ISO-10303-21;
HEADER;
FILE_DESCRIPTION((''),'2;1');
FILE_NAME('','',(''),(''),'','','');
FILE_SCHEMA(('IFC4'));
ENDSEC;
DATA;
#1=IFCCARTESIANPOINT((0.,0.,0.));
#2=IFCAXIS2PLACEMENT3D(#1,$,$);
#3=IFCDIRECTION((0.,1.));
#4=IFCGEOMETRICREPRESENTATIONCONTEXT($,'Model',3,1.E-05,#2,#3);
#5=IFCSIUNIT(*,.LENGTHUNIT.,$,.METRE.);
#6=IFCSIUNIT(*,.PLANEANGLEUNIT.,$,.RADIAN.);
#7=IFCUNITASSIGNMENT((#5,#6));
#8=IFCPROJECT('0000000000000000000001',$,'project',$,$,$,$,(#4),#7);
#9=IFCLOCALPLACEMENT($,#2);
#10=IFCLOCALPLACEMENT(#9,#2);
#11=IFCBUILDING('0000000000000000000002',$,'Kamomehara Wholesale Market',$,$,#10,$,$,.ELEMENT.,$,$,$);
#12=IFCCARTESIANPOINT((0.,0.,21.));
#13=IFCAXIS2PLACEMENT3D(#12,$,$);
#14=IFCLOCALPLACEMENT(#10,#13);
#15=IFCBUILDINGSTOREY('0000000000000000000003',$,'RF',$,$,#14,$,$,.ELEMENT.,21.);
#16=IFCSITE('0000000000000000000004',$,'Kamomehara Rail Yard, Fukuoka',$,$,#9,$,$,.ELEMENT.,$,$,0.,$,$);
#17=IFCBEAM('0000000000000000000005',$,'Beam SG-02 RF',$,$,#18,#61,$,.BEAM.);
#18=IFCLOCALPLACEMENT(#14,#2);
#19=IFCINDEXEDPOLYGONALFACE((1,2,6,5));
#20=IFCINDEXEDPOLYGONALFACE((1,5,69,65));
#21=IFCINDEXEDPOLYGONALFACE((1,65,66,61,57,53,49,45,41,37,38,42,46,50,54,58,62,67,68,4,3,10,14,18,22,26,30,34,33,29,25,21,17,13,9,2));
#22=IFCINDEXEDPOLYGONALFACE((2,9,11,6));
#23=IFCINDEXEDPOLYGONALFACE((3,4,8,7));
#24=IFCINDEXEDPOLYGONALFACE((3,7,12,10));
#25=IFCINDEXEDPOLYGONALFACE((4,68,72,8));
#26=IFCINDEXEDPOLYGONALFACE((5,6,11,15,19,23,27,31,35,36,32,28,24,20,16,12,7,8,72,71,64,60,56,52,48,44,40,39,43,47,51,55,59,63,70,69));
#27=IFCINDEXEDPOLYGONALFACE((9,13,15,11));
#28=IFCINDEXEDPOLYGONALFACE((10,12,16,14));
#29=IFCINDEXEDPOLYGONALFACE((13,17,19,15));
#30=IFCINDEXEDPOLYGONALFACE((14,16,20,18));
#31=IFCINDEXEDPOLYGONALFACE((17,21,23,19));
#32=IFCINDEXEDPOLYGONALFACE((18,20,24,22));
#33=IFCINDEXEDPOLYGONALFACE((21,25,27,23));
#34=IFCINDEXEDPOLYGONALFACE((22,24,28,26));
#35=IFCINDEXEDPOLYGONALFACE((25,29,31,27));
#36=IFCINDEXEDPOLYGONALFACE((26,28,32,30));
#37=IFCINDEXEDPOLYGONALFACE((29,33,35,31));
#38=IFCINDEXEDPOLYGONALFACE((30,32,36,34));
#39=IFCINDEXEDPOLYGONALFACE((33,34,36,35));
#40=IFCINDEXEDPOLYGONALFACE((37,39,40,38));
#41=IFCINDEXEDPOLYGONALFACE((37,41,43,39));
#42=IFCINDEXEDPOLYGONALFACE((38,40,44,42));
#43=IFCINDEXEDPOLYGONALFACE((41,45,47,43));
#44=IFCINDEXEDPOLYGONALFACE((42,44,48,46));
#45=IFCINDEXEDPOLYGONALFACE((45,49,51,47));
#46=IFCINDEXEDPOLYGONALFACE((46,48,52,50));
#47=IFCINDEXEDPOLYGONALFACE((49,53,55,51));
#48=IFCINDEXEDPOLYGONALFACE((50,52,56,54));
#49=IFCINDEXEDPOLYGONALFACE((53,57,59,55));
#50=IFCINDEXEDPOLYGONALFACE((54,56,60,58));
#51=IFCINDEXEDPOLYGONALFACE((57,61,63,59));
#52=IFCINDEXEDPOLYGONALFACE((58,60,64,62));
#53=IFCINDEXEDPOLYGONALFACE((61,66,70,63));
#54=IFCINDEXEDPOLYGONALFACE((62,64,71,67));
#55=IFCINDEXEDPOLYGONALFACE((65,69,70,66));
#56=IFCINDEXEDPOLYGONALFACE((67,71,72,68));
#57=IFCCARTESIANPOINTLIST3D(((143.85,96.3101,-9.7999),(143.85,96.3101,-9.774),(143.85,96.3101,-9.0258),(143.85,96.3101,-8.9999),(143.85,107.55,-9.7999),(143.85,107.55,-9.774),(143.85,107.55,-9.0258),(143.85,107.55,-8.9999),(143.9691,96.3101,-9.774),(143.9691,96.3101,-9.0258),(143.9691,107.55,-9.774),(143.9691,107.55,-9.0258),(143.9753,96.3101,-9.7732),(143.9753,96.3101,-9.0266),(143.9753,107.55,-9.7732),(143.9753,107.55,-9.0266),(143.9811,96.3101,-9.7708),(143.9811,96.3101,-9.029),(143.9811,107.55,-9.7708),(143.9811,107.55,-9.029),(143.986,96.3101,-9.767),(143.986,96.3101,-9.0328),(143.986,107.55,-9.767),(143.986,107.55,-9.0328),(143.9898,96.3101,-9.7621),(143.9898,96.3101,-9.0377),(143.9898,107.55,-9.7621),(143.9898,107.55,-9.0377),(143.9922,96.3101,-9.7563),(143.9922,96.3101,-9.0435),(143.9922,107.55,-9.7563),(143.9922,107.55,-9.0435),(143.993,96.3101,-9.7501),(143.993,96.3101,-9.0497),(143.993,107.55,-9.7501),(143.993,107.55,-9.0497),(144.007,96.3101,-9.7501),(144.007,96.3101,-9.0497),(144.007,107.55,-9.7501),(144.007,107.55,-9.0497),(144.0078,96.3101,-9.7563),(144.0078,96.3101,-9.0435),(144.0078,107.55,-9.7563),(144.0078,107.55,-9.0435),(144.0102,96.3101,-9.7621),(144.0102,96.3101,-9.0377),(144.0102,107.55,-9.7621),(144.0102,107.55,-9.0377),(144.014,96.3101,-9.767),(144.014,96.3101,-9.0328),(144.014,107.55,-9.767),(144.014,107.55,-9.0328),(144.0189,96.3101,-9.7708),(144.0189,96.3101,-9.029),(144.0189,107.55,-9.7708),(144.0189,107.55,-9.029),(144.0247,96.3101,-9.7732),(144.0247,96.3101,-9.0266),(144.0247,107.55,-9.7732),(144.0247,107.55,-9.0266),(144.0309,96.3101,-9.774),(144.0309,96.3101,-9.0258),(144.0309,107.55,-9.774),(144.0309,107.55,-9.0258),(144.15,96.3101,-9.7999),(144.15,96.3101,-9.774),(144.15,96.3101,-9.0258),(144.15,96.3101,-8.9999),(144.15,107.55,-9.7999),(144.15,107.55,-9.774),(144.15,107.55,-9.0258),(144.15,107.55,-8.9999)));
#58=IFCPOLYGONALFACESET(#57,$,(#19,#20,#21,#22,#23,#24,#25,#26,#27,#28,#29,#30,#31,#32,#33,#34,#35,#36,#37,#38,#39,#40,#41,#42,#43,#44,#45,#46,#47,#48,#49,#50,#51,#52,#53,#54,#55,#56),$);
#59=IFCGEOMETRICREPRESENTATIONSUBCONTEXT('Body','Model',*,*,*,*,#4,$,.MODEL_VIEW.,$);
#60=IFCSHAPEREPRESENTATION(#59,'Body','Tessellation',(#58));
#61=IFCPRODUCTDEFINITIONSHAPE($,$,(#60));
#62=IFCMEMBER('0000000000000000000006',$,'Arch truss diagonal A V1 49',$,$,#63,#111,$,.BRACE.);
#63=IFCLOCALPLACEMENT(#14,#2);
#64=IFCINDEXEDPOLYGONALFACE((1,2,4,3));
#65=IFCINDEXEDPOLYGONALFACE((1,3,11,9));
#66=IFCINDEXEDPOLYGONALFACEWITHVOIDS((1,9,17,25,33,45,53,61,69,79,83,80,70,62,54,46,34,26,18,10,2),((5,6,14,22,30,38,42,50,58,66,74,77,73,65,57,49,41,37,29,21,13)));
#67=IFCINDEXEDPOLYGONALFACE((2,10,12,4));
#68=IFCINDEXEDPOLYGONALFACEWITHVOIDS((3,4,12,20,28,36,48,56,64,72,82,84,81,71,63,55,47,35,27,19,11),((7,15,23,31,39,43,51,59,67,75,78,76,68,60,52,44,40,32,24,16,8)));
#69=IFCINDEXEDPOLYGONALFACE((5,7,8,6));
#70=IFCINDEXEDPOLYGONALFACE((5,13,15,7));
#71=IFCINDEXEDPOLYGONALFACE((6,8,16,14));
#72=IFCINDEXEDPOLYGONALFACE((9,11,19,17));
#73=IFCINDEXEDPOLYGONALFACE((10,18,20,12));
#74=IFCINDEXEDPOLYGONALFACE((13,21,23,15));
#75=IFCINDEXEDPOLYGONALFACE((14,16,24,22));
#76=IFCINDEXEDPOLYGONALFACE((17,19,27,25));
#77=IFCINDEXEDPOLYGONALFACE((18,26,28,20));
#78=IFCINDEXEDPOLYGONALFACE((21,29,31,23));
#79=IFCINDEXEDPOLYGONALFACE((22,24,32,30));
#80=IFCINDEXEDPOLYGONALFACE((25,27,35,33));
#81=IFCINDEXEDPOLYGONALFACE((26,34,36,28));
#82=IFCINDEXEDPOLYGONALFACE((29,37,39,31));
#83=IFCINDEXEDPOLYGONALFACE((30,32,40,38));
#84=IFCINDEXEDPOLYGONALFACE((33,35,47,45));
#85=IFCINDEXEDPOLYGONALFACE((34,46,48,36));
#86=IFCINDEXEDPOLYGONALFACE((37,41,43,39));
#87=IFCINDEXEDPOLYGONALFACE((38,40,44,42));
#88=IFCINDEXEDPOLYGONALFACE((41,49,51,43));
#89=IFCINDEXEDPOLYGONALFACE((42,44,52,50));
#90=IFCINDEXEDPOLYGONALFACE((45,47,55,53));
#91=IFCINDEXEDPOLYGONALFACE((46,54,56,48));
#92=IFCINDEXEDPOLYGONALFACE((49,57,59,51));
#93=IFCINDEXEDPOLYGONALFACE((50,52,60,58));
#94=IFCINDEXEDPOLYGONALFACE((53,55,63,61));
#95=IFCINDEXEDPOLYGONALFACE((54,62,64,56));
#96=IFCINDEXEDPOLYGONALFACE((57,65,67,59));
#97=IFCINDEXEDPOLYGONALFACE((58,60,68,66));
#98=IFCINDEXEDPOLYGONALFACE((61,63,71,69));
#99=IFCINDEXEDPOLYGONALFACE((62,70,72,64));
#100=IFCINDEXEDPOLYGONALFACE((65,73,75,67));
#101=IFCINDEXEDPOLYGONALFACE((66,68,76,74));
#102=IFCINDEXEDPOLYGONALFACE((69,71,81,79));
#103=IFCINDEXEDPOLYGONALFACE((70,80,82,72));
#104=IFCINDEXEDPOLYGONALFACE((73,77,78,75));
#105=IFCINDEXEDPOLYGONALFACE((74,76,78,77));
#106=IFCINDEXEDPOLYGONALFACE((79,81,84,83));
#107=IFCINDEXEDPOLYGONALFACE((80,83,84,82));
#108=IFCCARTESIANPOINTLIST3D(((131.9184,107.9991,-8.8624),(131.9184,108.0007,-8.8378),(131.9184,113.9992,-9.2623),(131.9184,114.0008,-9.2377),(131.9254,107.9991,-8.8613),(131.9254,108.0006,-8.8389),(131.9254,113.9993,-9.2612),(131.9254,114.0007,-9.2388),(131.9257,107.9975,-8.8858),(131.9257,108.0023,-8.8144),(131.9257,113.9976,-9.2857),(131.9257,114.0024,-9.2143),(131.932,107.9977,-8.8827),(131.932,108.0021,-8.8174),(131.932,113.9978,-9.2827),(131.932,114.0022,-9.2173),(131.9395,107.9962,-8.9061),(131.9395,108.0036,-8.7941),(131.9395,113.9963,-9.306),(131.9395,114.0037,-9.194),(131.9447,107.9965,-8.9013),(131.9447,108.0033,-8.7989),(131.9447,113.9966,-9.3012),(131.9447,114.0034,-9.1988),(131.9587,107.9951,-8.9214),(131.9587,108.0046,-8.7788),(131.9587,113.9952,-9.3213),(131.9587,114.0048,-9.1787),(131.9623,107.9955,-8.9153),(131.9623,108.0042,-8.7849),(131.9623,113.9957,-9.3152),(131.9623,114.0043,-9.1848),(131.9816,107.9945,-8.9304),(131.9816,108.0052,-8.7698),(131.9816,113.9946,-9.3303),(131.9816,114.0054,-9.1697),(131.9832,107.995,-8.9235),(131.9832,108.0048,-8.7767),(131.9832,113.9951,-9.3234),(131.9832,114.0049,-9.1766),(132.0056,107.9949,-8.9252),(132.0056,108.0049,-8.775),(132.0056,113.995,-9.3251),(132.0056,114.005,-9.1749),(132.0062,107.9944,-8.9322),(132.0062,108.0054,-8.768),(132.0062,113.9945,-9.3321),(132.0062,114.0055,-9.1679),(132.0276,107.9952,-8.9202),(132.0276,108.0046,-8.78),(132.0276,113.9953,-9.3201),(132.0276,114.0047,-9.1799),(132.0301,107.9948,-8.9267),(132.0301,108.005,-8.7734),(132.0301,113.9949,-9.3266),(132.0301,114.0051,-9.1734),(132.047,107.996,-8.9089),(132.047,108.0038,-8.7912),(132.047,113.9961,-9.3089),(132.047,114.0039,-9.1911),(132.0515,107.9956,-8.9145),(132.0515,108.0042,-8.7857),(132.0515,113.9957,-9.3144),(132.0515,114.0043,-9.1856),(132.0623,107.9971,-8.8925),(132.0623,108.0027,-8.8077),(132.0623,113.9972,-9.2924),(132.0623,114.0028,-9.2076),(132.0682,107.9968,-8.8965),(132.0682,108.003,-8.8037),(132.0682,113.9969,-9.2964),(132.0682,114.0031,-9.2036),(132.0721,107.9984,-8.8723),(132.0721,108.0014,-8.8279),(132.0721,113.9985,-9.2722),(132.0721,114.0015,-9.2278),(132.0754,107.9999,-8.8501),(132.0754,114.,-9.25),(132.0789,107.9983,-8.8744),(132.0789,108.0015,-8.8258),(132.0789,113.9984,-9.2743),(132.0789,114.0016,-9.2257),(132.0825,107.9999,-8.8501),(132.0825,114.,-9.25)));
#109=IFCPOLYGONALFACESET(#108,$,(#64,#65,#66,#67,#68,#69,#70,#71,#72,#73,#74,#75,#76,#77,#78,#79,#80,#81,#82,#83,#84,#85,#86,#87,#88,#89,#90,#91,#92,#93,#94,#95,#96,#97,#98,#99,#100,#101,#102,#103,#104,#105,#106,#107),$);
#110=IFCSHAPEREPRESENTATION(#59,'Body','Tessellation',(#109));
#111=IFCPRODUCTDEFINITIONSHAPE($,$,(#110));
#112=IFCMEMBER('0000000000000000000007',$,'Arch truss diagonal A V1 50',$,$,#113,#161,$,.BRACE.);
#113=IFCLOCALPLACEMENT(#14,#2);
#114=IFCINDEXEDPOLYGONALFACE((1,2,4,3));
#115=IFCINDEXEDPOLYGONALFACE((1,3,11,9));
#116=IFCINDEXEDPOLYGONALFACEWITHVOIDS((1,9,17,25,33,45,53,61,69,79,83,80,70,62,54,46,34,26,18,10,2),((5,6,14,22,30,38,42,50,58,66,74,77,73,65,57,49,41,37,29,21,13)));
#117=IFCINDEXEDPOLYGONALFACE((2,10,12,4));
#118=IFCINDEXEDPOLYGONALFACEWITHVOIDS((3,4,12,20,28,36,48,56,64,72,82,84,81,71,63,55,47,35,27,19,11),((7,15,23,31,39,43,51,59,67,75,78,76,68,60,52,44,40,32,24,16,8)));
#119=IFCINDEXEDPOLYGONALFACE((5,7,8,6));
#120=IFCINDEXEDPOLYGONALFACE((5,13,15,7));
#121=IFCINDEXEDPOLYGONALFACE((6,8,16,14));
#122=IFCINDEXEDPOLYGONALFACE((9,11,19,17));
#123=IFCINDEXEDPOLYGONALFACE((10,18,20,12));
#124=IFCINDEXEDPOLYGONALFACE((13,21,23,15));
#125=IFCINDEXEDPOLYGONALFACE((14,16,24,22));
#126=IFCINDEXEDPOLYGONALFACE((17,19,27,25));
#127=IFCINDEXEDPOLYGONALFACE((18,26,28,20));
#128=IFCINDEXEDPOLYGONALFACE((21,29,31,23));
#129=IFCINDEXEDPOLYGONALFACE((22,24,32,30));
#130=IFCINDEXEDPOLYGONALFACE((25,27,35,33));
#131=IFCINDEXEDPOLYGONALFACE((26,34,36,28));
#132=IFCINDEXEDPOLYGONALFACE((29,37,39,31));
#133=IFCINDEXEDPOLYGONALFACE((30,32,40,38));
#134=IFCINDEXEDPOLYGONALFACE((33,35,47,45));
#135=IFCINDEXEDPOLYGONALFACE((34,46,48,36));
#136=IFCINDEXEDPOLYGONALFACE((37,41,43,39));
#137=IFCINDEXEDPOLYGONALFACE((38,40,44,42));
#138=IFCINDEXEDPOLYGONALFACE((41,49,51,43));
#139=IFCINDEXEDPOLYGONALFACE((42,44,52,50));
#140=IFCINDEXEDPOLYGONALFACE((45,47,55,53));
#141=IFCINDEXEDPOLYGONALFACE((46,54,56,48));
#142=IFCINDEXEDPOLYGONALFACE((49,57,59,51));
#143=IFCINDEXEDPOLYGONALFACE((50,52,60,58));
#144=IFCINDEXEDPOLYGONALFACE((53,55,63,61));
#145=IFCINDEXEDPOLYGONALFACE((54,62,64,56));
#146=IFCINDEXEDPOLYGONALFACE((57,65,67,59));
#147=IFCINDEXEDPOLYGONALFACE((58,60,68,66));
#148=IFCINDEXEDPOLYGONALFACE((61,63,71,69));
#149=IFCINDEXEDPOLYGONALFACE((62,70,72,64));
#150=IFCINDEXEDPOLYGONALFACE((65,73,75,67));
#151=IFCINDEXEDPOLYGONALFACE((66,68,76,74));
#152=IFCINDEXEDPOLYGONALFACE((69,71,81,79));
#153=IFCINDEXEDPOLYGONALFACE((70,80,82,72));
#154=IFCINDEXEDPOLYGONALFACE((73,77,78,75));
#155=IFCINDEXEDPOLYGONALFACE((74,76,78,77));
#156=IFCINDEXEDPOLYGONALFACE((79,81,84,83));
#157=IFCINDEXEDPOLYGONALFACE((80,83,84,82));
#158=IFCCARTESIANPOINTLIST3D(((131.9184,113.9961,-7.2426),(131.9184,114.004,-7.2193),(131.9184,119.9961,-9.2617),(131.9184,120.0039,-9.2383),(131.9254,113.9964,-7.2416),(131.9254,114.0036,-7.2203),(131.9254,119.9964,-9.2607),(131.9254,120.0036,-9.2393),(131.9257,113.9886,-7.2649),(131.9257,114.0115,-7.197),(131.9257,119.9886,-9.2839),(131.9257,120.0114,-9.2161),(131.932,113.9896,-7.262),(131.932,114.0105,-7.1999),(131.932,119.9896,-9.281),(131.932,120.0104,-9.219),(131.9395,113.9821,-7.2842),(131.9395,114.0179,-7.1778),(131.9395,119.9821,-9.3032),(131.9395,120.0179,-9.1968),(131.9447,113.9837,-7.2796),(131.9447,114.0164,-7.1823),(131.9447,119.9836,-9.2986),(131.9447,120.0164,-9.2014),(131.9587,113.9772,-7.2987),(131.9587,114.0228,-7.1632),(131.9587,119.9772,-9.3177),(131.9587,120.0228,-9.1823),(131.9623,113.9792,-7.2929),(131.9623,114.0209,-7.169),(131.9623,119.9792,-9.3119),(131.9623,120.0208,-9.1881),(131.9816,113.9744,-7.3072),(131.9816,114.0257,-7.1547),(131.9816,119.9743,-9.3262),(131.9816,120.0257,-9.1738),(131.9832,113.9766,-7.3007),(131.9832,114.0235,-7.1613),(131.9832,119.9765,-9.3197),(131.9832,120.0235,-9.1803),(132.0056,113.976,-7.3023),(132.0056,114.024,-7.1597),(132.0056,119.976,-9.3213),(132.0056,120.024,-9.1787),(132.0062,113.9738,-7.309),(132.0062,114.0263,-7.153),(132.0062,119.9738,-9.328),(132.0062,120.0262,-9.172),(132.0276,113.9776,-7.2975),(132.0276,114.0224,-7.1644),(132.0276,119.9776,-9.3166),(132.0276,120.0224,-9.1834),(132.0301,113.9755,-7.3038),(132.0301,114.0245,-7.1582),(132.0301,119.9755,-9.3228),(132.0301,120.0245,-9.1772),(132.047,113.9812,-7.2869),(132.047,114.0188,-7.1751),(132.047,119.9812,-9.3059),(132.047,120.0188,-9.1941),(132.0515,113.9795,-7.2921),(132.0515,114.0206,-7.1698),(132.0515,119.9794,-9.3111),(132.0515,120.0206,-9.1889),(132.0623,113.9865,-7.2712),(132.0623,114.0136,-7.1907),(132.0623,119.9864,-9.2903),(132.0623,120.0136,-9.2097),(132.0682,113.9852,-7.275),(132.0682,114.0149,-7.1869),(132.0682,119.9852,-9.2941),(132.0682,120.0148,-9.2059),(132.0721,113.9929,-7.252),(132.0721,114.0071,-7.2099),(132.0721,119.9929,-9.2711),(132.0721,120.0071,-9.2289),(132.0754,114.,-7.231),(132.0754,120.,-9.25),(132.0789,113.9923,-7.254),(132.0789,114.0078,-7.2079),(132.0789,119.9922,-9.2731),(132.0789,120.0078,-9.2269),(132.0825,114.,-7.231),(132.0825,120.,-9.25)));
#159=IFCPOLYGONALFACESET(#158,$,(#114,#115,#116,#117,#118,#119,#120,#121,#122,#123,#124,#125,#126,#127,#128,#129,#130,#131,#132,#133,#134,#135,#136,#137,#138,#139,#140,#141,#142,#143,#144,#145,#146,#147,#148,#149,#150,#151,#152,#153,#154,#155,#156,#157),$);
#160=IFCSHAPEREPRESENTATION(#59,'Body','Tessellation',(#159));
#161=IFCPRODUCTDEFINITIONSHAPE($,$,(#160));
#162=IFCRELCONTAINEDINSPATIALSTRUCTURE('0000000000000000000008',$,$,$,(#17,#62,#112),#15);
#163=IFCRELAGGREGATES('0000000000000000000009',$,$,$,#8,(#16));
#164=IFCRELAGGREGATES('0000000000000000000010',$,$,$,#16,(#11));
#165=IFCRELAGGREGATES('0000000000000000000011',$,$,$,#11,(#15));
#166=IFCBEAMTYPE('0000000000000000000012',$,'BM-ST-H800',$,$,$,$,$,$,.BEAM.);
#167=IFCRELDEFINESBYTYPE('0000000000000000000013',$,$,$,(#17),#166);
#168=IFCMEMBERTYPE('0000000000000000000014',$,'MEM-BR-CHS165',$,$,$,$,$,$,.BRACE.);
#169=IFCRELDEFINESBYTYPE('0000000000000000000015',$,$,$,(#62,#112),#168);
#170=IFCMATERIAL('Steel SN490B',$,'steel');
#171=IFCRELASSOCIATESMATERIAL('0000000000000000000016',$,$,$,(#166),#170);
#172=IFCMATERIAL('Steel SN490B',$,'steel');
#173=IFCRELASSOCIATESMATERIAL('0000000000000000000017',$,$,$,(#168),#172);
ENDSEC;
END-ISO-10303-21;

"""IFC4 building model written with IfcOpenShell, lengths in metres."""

from ifc_helpers import new_model, si_unit, direction, frame, origin, origin_2d, place, context, subcontext, project, spatial, hollow_circle, i_section, extrude, material, material_profile, profile_set, type_object, element, save


model = new_model("IFC4")

# Units and contexts
model_context = context("Model", 3, precision=1e-05, world=origin(), true_north=direction((0.0, 1.0)))
body_context = subcontext(model_context, "Body", "Model", "MODEL_VIEW")
ifc_project = project(units=[si_unit("LENGTHUNIT", "METRE"), si_unit("PLANEANGLEUNIT", "RADIAN")], contexts=[model_context])

# Site, building, storey
site_placement = place(None, origin())
site = spatial("IfcSite", under=ifc_project, at=site_placement, Name="Kamomehara Rail Yard, Fukuoka", CompositionType="ELEMENT", RefElevation=0.0)
building_placement = place(site_placement, origin())
building = spatial("IfcBuilding", under=site, at=building_placement, Name="Kamomehara Wholesale Market", CompositionType="ELEMENT")
storey_placement = place(building_placement, frame((0.0, 0.0, 21.0)))
storey = spatial("IfcBuildingStorey", under=building, at=storey_placement, Name="RF", CompositionType="ELEMENT", Elevation=21.0)

# Beam
ifc_material_1 = material(Name="Steel SN490B", Category="steel")
ifc_material_profile_1 = material_profile(ifc_material_1, i_section(OverallWidth=0.3, OverallDepth=0.8, WebThickness=0.0139, FlangeThickness=0.0259, FilletRadius=0.0239, at=origin_2d()), Name="H-800x300x14x26")
ifc_profile_set_1 = profile_set([ifc_material_profile_1], Name="Steel SN490B")
beam_type_1 = type_object("IfcBeamType", Name="BM-ST-H800", PredefinedType="BEAM", material=ifc_profile_set_1)
beam_1_placement = place(storey_placement, frame((144.0, 96.3101, -9.3999), z_axis=(0.0, 1.0, 0.0), x_axis=(-1.0, 0.0, 0.0)))
element("IfcBeam", 1, at=beam_1_placement, inside=storey, type_object=beam_type_1, Name="Beam SG-02 RF", PredefinedType="BEAM", context=body_context, shape_type="SweptSolid", body=[
    extrude(i_section(OverallWidth=0.3, OverallDepth=0.8, WebThickness=0.0139, FlangeThickness=0.0259, FilletRadius=0.0239, at=origin_2d()), origin(), (0.0, 0.0, 1.0), 11.24),
])

# Members
ifc_material_2 = material(Name="Steel SN490B", Category="steel")
ifc_material_profile_2 = material_profile(ifc_material_2, hollow_circle(Radius=0.0825, WallThickness=0.0071, at=origin_2d()), Name="CHS-165.2x7.1")
ifc_profile_set_2 = profile_set([ifc_material_profile_2], Name="Steel SN490B")
member_type_1 = type_object("IfcMemberType", Name="MEM-BR-CHS165", PredefinedType="BRACE", material=ifc_profile_set_2)
member_1_placement = place(storey_placement, frame((132.0, 114.0, -9.25), z_axis=(0.0, -0.997786, 0.066503), x_axis=(1.0, 0.0, 0.0)))
element("IfcMember", 2, at=member_1_placement, inside=storey, type_object=member_type_1, Name="Arch truss diagonal A V1 49", PredefinedType="BRACE", context=body_context, shape_type="SweptSolid", body=[
    extrude(hollow_circle(Radius=0.0825, WallThickness=0.0071, at=origin_2d()), origin(), (0.0, 0.0, 1.0), 6.0134),
])
member_2_placement = place(storey_placement, frame((132.0, 120.0, -9.25), z_axis=(0.0, -0.947777, 0.318934), x_axis=(1.0, 0.0, 0.0)))
element("IfcMember", 3, at=member_2_placement, inside=storey, type_object=member_type_1, Name="Arch truss diagonal A V1 50", PredefinedType="BRACE", context=body_context, shape_type="SweptSolid", body=[
    extrude(hollow_circle(Radius=0.0825, WallThickness=0.0071, at=origin_2d()), origin(), (0.0, 0.0, 1.0), 6.3306),
])

save(model, "model.ifc")
